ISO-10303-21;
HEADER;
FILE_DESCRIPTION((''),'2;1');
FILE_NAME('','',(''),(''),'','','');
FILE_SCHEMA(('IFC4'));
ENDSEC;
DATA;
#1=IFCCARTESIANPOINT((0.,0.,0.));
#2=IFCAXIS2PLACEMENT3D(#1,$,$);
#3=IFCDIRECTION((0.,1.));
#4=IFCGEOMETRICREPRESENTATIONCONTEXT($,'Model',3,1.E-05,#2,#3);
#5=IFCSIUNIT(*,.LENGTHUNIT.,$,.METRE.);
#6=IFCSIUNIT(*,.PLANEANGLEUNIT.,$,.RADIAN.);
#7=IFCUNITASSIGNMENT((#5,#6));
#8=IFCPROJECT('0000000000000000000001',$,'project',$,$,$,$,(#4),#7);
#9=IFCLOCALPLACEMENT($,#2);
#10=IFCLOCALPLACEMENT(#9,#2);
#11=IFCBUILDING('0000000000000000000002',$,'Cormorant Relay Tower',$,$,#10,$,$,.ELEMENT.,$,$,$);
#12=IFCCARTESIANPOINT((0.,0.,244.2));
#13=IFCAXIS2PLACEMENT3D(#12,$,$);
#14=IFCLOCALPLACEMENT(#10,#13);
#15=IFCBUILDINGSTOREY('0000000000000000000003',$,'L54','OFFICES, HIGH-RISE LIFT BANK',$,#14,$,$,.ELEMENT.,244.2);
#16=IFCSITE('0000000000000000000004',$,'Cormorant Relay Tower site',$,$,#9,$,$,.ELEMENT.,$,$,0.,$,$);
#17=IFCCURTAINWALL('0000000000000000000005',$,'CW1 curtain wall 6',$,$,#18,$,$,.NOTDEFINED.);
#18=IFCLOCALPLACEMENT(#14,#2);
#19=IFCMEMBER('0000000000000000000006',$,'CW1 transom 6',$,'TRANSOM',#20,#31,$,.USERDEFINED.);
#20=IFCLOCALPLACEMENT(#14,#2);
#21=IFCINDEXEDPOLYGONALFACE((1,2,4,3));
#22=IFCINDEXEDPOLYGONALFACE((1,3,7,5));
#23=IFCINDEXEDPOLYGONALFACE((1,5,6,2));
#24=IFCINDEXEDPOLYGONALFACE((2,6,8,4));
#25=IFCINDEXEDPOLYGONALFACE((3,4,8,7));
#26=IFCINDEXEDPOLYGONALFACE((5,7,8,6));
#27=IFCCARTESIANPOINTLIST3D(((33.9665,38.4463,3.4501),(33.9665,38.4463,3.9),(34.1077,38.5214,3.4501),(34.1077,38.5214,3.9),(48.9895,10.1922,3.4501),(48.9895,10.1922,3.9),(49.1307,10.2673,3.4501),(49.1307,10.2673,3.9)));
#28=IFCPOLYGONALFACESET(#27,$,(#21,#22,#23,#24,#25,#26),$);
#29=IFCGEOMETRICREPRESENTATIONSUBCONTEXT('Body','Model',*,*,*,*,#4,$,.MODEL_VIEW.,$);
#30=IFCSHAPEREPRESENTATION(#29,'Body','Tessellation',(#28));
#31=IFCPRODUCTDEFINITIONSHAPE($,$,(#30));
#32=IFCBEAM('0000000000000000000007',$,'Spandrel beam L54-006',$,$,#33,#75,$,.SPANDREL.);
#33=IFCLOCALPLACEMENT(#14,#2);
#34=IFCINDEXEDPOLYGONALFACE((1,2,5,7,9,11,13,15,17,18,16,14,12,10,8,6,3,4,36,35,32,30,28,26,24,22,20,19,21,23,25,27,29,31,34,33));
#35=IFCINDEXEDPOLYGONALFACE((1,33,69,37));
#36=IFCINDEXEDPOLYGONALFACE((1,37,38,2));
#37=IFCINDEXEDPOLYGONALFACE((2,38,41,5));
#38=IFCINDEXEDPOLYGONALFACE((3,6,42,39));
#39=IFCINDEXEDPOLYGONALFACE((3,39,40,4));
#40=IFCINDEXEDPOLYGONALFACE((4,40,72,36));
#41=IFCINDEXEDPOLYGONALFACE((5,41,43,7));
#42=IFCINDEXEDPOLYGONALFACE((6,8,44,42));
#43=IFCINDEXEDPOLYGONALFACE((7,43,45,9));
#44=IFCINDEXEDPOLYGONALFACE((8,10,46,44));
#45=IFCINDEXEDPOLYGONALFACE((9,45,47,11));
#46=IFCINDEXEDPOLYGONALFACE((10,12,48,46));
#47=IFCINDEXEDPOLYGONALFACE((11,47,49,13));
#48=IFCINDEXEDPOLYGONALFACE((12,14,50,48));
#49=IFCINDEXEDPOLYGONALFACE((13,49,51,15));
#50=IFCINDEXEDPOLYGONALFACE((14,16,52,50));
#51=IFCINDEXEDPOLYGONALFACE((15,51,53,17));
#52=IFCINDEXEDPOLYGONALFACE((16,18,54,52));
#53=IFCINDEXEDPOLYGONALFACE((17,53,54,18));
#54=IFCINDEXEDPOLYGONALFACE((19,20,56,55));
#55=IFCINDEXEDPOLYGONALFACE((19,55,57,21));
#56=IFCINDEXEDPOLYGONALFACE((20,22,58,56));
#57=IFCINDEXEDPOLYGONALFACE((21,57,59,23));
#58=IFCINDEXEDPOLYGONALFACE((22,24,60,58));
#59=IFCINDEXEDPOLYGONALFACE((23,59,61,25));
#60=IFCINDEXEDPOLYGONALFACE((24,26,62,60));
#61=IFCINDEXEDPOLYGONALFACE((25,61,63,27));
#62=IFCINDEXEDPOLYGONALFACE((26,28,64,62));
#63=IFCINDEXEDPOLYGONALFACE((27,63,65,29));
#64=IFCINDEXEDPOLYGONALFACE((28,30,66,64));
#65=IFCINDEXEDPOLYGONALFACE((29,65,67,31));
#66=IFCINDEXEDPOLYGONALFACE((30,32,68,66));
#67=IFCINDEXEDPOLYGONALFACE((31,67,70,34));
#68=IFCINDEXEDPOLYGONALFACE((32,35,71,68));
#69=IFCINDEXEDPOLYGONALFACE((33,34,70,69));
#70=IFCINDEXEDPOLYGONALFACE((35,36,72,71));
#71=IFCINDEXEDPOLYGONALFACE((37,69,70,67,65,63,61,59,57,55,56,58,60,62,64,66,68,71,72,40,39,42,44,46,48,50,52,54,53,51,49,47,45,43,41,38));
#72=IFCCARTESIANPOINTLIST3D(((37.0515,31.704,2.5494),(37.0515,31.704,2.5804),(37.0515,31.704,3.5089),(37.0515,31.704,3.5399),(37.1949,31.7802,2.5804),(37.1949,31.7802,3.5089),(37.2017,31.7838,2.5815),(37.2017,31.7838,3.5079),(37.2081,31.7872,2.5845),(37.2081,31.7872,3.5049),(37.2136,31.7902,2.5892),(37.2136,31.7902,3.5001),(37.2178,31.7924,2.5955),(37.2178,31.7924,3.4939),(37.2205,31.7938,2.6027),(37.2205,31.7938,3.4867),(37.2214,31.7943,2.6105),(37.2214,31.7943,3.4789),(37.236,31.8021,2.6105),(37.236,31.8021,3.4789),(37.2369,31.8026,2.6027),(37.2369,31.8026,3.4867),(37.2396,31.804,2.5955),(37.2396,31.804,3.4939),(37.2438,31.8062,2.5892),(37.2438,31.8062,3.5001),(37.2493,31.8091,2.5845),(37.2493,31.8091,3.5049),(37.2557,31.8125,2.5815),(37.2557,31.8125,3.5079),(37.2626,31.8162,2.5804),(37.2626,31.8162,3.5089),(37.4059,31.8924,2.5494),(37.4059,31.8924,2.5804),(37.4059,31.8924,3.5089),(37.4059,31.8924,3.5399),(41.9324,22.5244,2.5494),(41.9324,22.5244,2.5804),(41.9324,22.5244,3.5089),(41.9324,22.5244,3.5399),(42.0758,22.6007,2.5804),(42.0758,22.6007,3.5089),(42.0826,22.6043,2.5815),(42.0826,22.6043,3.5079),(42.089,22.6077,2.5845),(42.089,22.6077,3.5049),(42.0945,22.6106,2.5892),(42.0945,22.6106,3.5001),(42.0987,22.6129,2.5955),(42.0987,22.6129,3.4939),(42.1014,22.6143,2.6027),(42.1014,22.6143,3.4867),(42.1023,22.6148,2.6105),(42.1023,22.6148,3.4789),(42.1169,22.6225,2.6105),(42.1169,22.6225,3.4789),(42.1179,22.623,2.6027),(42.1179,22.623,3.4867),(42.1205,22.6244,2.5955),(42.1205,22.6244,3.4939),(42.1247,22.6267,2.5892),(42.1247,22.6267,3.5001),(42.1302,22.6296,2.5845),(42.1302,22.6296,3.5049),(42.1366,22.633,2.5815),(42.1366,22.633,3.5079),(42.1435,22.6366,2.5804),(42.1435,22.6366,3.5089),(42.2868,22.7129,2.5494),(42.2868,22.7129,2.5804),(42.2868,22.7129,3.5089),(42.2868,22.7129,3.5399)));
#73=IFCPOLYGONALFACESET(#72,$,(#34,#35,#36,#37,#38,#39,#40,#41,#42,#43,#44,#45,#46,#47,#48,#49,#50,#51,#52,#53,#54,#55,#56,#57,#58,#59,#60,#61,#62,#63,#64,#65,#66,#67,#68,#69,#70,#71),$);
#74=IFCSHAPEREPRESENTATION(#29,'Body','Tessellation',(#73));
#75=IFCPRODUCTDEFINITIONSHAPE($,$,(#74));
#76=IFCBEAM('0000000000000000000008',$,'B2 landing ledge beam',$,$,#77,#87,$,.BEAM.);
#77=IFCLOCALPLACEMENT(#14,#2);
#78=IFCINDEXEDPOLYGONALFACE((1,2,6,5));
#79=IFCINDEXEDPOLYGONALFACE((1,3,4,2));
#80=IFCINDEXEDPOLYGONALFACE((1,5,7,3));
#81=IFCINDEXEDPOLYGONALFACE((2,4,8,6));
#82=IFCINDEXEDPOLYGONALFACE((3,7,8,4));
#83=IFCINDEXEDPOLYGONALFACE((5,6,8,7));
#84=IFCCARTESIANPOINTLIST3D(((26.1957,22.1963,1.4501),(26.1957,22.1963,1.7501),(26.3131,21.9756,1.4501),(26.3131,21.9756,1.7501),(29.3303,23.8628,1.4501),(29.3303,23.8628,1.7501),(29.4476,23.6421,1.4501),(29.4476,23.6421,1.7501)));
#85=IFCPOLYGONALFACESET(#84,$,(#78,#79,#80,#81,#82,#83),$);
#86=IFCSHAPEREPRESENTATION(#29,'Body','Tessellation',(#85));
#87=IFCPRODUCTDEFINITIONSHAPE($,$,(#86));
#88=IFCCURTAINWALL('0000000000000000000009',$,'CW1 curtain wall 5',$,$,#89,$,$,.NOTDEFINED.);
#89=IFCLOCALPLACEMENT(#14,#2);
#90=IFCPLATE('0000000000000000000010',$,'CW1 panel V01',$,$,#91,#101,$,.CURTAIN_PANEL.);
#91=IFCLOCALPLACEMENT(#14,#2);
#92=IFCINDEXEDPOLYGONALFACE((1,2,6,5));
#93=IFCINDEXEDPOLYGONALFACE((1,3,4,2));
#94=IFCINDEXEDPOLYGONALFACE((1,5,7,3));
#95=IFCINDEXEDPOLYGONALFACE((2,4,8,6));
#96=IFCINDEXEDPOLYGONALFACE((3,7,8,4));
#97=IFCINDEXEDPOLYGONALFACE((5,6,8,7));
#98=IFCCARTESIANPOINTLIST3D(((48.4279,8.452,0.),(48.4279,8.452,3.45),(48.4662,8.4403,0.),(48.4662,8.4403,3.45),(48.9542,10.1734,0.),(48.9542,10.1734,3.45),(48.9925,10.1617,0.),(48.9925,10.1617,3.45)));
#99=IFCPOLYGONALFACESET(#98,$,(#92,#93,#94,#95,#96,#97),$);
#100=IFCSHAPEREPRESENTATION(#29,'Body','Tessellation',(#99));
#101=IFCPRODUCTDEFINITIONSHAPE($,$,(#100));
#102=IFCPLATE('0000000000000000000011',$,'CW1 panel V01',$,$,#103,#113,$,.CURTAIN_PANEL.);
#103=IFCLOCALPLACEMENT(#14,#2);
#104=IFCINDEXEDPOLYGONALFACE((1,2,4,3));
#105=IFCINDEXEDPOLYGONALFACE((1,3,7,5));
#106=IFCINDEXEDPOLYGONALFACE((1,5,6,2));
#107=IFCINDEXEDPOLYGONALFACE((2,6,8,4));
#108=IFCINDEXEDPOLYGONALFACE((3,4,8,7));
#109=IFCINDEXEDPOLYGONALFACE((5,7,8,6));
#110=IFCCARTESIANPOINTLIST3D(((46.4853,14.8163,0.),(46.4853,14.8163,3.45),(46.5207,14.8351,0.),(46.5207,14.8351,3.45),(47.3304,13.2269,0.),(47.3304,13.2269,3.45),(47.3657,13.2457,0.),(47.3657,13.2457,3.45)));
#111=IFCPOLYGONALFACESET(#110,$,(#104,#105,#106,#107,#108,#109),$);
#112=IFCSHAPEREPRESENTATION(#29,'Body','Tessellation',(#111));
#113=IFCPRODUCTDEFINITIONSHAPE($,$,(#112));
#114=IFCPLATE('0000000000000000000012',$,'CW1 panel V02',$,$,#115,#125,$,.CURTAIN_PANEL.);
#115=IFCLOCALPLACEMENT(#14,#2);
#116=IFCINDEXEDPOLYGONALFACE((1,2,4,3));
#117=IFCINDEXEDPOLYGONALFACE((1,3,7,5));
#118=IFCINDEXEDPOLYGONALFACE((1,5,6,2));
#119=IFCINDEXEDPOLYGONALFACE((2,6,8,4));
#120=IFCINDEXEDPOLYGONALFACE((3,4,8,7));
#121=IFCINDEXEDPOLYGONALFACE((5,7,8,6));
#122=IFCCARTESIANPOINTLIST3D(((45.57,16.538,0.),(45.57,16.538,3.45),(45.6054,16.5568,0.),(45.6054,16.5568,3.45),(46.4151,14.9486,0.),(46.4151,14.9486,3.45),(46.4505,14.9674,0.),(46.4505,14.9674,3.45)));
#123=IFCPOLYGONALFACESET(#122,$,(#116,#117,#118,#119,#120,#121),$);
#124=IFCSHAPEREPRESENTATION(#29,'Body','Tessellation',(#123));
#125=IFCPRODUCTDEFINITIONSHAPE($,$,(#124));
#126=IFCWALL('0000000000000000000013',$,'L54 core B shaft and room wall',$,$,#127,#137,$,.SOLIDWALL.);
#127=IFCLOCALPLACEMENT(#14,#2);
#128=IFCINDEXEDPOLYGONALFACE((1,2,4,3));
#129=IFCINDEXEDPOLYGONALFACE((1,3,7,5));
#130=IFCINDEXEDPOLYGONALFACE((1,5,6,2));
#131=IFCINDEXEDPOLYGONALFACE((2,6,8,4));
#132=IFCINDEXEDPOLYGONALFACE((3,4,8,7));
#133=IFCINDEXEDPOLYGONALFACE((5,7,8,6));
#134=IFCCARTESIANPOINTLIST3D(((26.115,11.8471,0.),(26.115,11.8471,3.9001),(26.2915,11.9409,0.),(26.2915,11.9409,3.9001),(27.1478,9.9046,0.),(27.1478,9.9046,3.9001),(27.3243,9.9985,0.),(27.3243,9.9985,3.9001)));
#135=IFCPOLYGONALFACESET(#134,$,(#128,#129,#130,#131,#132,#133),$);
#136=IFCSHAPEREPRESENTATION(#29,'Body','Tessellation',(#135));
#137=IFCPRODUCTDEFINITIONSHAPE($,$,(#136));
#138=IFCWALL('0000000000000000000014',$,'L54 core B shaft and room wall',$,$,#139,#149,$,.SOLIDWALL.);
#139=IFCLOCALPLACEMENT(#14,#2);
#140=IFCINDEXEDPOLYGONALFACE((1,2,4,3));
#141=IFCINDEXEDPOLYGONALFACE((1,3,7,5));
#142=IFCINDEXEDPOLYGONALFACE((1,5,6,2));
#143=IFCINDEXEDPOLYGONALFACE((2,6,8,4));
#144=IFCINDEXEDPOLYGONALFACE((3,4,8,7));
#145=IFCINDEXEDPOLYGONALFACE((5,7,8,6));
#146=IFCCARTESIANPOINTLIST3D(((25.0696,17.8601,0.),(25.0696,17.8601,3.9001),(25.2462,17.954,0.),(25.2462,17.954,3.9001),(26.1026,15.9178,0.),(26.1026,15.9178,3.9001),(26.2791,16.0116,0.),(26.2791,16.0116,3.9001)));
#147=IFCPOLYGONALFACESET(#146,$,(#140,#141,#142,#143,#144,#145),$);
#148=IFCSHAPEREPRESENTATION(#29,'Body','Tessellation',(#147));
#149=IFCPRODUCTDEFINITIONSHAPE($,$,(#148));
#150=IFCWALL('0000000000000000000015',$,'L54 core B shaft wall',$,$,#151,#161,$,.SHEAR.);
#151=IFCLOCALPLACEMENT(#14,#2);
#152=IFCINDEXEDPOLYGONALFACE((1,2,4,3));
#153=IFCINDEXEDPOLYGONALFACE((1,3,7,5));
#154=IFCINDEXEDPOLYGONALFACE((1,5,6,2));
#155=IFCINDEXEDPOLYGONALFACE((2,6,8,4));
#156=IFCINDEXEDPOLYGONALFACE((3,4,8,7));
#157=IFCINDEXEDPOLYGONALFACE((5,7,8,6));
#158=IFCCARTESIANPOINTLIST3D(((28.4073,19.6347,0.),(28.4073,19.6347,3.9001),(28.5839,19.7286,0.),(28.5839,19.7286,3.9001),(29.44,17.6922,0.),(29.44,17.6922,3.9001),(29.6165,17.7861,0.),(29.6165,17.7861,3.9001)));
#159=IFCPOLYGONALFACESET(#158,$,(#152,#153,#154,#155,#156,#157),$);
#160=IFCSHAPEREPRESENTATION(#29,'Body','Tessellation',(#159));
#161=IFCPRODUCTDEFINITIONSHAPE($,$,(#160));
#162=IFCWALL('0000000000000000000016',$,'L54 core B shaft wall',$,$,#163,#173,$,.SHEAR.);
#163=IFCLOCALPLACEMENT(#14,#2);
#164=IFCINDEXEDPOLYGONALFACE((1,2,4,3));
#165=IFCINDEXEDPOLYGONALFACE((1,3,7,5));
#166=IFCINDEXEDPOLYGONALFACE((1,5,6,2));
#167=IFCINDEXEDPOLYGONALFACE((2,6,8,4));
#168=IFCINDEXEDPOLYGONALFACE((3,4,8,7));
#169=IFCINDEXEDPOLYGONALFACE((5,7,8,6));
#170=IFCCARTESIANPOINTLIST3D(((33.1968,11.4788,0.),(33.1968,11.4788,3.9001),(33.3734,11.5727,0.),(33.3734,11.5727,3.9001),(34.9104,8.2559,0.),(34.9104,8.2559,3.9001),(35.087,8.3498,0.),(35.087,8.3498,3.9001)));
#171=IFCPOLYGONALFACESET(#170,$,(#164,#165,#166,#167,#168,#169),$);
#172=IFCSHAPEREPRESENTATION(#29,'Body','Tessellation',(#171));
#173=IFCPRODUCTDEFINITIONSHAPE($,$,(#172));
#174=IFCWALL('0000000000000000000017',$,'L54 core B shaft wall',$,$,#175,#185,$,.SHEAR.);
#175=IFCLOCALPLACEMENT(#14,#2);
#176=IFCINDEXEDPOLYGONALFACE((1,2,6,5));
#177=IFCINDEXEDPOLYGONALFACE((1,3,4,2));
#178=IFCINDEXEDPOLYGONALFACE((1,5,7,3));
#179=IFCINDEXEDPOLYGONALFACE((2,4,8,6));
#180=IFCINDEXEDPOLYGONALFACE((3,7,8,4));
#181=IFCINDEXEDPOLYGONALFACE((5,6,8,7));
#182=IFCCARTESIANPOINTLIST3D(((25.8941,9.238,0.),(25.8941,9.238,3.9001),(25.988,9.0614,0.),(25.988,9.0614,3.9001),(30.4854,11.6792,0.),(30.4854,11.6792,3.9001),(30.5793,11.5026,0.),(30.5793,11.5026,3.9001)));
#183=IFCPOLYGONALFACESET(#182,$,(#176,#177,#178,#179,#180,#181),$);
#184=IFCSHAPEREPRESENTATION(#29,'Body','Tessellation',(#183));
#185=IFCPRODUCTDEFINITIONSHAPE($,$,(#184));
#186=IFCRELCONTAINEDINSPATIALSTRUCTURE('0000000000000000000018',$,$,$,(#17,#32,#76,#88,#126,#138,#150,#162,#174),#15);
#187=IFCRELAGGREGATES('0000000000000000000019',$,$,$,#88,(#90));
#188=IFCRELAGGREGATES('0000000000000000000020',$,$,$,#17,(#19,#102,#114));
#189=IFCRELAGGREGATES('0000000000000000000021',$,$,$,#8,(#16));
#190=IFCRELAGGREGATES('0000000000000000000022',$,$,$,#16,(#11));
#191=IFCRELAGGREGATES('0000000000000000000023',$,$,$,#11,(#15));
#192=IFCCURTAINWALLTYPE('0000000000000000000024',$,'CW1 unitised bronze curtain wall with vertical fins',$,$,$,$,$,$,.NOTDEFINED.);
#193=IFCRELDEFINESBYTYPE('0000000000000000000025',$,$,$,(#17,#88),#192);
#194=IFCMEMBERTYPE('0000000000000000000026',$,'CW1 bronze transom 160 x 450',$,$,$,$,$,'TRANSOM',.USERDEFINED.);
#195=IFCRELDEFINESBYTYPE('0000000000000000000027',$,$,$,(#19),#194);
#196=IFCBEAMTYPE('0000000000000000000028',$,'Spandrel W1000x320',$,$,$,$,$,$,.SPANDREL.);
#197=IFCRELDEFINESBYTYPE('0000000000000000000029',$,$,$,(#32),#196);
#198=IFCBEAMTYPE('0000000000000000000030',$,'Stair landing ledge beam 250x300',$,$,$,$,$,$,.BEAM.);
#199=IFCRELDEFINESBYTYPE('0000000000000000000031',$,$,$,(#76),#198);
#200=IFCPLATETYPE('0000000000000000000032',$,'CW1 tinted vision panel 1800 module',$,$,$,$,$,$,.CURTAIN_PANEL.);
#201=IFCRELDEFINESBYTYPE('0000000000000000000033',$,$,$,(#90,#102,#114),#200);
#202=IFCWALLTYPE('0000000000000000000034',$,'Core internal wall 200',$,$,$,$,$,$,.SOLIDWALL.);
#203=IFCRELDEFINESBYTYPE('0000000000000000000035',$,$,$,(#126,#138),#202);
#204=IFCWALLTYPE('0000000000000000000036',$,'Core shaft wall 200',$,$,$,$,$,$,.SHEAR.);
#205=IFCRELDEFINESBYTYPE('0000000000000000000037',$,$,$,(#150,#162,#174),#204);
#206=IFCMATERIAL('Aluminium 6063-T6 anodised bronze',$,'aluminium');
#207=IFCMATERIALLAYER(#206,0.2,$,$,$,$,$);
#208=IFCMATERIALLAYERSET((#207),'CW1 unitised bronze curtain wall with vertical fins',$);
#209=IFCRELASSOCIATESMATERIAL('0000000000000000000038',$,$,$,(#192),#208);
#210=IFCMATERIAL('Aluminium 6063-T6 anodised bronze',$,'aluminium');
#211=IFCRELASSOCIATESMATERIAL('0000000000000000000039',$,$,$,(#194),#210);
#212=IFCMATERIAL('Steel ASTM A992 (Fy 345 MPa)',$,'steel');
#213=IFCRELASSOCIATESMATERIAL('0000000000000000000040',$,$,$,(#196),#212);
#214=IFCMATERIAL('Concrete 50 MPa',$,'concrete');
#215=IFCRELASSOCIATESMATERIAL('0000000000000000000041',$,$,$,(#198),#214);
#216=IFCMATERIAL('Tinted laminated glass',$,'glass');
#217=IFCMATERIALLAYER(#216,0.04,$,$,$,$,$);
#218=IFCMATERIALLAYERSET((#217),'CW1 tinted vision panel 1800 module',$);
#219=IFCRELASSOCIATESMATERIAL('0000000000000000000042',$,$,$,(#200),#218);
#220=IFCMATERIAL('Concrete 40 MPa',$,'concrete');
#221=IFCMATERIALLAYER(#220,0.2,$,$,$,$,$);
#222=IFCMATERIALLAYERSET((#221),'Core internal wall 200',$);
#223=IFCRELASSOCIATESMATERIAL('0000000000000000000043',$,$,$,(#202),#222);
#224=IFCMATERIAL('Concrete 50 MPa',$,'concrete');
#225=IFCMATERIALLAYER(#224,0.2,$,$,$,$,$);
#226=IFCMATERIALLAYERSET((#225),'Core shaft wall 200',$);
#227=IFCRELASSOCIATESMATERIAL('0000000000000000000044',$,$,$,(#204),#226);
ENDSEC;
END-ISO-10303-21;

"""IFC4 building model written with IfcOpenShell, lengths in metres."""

from ifc_helpers import new_model, si_unit, direction, frame, frame_2d, origin, origin_2d, place, context, subcontext, project, spatial, rectangle, i_section, extrude, material, layer, layer_set, material_profile, profile_set, type_object, element, aggregate, save


model = new_model("IFC4")

# Units and contexts
model_context = context("Model", 3, precision=1e-05, world=origin(), true_north=direction((0.0, 1.0)))
body_context = subcontext(model_context, "Body", "Model", "MODEL_VIEW")
ifc_project = project(units=[si_unit("LENGTHUNIT", "METRE"), si_unit("PLANEANGLEUNIT", "RADIAN")], contexts=[model_context])

# Site, building, storey
site_placement = place(None, origin())
site = spatial("IfcSite", under=ifc_project, at=site_placement, Name="Cormorant Relay Tower site", CompositionType="ELEMENT", RefElevation=0.0)
building_placement = place(site_placement, origin())
building = spatial("IfcBuilding", under=site, at=building_placement, Name="Cormorant Relay Tower", CompositionType="ELEMENT")
storey_placement = place(building_placement, frame((0.0, 0.0, 244.2)))
storey = spatial("IfcBuildingStorey", under=building, at=storey_placement, Name="L54", Description="OFFICES, HIGH-RISE LIFT BANK", CompositionType="ELEMENT", Elevation=244.2)

# Curtain wall, member
ifc_material_1 = material(Name="Aluminium 6063-T6 anodised bronze", Category="aluminium")
ifc_layer_1 = layer(ifc_material_1, 0.2)
ifc_layer_set_1 = layer_set([ifc_layer_1], Name="CW1 unitised bronze curtain wall with vertical fins")
curtain_wall_type = type_object("IfcCurtainWallType", Name="CW1 unitised bronze curtain wall with vertical fins", PredefinedType="NOTDEFINED", material=ifc_layer_set_1)
curtain_wall_1_placement = place(storey_placement, origin())
curtain_wall_1 = element("IfcCurtainWall", 1, at=curtain_wall_1_placement, inside=storey, type_object=curtain_wall_type, Name="CW1 curtain wall 6", PredefinedType="NOTDEFINED")
ifc_material_2 = material(Name="Aluminium 6063-T6 anodised bronze", Category="aluminium")
ifc_material_profile_1 = material_profile(ifc_material_2, rectangle(XDim=0.1599, YDim=0.45, at=origin_2d()), Name="AL 160x450")
ifc_profile_set_1 = profile_set([ifc_material_profile_1], Name="Aluminium 6063-T6 anodised bronze")
member_type_1 = type_object("IfcMemberType", Name="CW1 bronze transom 160 x 450", ElementType="TRANSOM", PredefinedType="USERDEFINED", material=ifc_profile_set_1)
member_1_placement = place(storey_placement, frame((49.0601, 10.2297, 3.675), z_axis=(-0.46947, 0.882948, 0.0), x_axis=(-0.882948, -0.46947, 0.0)))
member_1 = element("IfcMember", 2, at=member_1_placement, type_object=member_type_1, Name="CW1 transom 6", ObjectType="TRANSOM", PredefinedType="USERDEFINED", context=body_context, shape_type="SweptSolid", body=[
    extrude(rectangle(XDim=0.1599, YDim=0.45, at=origin_2d()), origin(), (0.0, 0.0, 1.0), 31.9998),
])

# Beams
ifc_material_3 = material(Name="Steel ASTM A992 (Fy 345 MPa)", Category="steel")
ifc_material_profile_2 = material_profile(ifc_material_3, i_section(OverallWidth=0.4014, OverallDepth=0.9905, WebThickness=0.0166, FlangeThickness=0.031, FilletRadius=0.03, at=origin_2d()), Name="W1000x320")
ifc_profile_set_2 = profile_set([ifc_material_profile_2], Name="Steel ASTM A992 (Fy 345 MPa)")
beam_type_1 = type_object("IfcBeamType", Name="Spandrel W1000x320", PredefinedType="SPANDREL", material=ifc_profile_set_2)
beam_1_placement = place(storey_placement, frame((42.1096, 22.6187, 3.0447), z_axis=(-0.469476, 0.882945, 0.0), x_axis=(-0.882945, -0.469476, 0.0)))
element("IfcBeam", 3, at=beam_1_placement, inside=storey, type_object=beam_type_1, Name="Spandrel beam L54-006", PredefinedType="SPANDREL", context=body_context, shape_type="SweptSolid", body=[
    extrude(i_section(OverallWidth=0.4014, OverallDepth=0.9905, WebThickness=0.0166, FlangeThickness=0.031, FilletRadius=0.03, at=origin_2d()), origin(), (0.0, 0.0, 1.0), 10.3965),
])
ifc_material_4 = material(Name="Concrete 50 MPa", Category="concrete")
ifc_material_profile_3 = material_profile(ifc_material_4, rectangle(XDim=0.25, YDim=0.3, at=origin_2d()), Name="RC 250x300")
ifc_profile_set_3 = profile_set([ifc_material_profile_3], Name="Concrete 50 MPa")
beam_type_2 = type_object("IfcBeamType", Name="Stair landing ledge beam 250x300", PredefinedType="BEAM", material=ifc_profile_set_3)
beam_2_placement = place(storey_placement, frame((26.2544, 22.0859, 1.6001), z_axis=(0.882965, 0.469438, 0.0), x_axis=(-0.469438, 0.882965, 0.0)))
element("IfcBeam", 4, at=beam_2_placement, inside=storey, type_object=beam_type_2, Name="B2 landing ledge beam", PredefinedType="BEAM", context=body_context, shape_type="SweptSolid", body=[
    extrude(rectangle(XDim=0.25, YDim=0.3, at=origin_2d()), origin(), (0.0, 0.0, 1.0), 3.55),
])

# Curtain wall, plate
curtain_wall_2_placement = place(storey_placement, origin())
curtain_wall_2 = element("IfcCurtainWall", 5, at=curtain_wall_2_placement, inside=storey, type_object=curtain_wall_type, Name="CW1 curtain wall 5", PredefinedType="NOTDEFINED")
ifc_material_5 = material(Name="Tinted laminated glass", Category="glass")
ifc_layer_2 = layer(ifc_material_5, 0.04)
ifc_layer_set_2 = layer_set([ifc_layer_2], Name="CW1 tinted vision panel 1800 module")
plate_type = type_object("IfcPlateType", Name="CW1 tinted vision panel 1800 module", PredefinedType="CURTAIN_PANEL", material=ifc_layer_set_2)
plate_1_placement = place(storey_placement, frame((48.7102, 9.3069, 0.0), z_axis=(0.0, 0.0, 1.0), x_axis=(0.292372, 0.956305, 0.0)))
plate_1 = element("IfcPlate", 6, at=plate_1_placement, type_object=plate_type, Name="CW1 panel V01", PredefinedType="CURTAIN_PANEL", context=body_context, shape_type="SweptSolid", body=[
    extrude(rectangle(XDim=1.8, YDim=0.04, at=origin_2d()), origin(), (0.0, 0.0, 1.0), 3.45),
])
aggregate(curtain_wall_2, [plate_1])

# Plates
plate_2_placement = place(storey_placement, frame((46.9255, 14.031, 0.0), z_axis=(0.0, 0.0, 1.0), x_axis=(-0.469472, 0.882948, 0.0)))
plate_2 = element("IfcPlate", 7, at=plate_2_placement, type_object=plate_type, Name="CW1 panel V01", PredefinedType="CURTAIN_PANEL", context=body_context, shape_type="SweptSolid", body=[
    extrude(rectangle(XDim=1.8, YDim=0.04, at=origin_2d()), origin(), (0.0, 0.0, 1.0), 3.45),
])
plate_3_placement = place(storey_placement, frame((46.0103, 15.7527, 0.0), z_axis=(0.0, 0.0, 1.0), x_axis=(-0.469472, 0.882948, 0.0)))
plate_3 = element("IfcPlate", 8, at=plate_3_placement, type_object=plate_type, Name="CW1 panel V02", PredefinedType="CURTAIN_PANEL", context=body_context, shape_type="SweptSolid", body=[
    extrude(rectangle(XDim=1.8, YDim=0.04, at=origin_2d()), origin(), (0.0, 0.0, 1.0), 3.45),
])

# Walls
ifc_material_6 = material(Name="Concrete 40 MPa", Category="concrete")
ifc_layer_3 = layer(ifc_material_6, 0.2)
ifc_layer_set_3 = layer_set([ifc_layer_3], Name="Core internal wall 200")
wall_type_1 = type_object("IfcWallType", Name="Core internal wall 200", PredefinedType="SOLIDWALL", material=ifc_layer_set_3)
for number, where, z_axis, x_axis, name in (
    (9, (27.2361, 9.9514, 0.0), (0.0, 0.0, 1.0), (-0.469447, 0.88296, 0.0), "L54 core B shaft and room wall"),
    (10, (26.1909, 15.9646, 0.0), (0.0, 0.0, 1.0), (-0.469534, 0.882914, 0.0), "L54 core B shaft and room wall"),
):
    element("IfcWall", number, at=place(storey_placement, frame(where, z_axis=z_axis, x_axis=x_axis)), inside=storey, type_object=wall_type_1, Name=name, PredefinedType="SOLIDWALL", context=body_context, shape_type="SweptSolid", body=[
        extrude(rectangle(XDim=2.2, YDim=0.2, at=frame_2d((1.1001, 0.0))), origin(), (0.0, 0.0, 1.0), 3.9001),
    ])
ifc_material_7 = material(Name="Concrete 50 MPa", Category="concrete")
ifc_layer_4 = layer(ifc_material_7, 0.2)
ifc_layer_set_4 = layer_set([ifc_layer_4], Name="Core shaft wall 200")
wall_type_2 = type_object("IfcWallType", Name="Core shaft wall 200", PredefinedType="SHEAR", material=ifc_layer_set_4)
wall_1_placement = place(storey_placement, frame((29.5283, 17.739, 0.0), z_axis=(0.0, 0.0, 1.0), x_axis=(-0.469401, 0.882985, 0.0)))
element("IfcWall", 11, at=wall_1_placement, inside=storey, type_object=wall_type_2, Name="L54 core B shaft wall", PredefinedType="SHEAR", context=body_context, shape_type="SweptSolid", body=[
    extrude(rectangle(XDim=2.2, YDim=0.2, at=frame_2d((1.1001, 0.0))), origin(), (0.0, 0.0, 1.0), 3.9001),
])
wall_2_placement = place(storey_placement, frame((34.9988, 8.3027, 0.0), z_axis=(0.0, 0.0, 1.0), x_axis=(-0.469467, 0.88295, 0.0)))
element("IfcWall", 12, at=wall_2_placement, inside=storey, type_object=wall_type_2, Name="L54 core B shaft wall", PredefinedType="SHEAR", context=body_context, shape_type="SweptSolid", body=[
    extrude(rectangle(XDim=3.6501, YDim=0.2, at=frame_2d((1.8252, 0.0))), origin(), (0.0, 0.0, 1.0), 3.9001),
])

# Wall
wall_3_placement = place(storey_placement, frame((25.9409, 9.1497, 0.0), z_axis=(0.0, 0.0, 1.0), x_axis=(0.882954, 0.46946, 0.0)))
element("IfcWall", 13, at=wall_3_placement, inside=storey, type_object=wall_type_2, Name="L54 core B shaft wall", PredefinedType="SHEAR", context=body_context, shape_type="SweptSolid", body=[
    extrude(rectangle(XDim=5.2, YDim=0.2, at=frame_2d((2.6001, 0.0))), origin(), (0.0, 0.0, 1.0), 3.9001),
])

aggregate(curtain_wall_1, [member_1, plate_2, plate_3])

save(model, "model.ifc")
